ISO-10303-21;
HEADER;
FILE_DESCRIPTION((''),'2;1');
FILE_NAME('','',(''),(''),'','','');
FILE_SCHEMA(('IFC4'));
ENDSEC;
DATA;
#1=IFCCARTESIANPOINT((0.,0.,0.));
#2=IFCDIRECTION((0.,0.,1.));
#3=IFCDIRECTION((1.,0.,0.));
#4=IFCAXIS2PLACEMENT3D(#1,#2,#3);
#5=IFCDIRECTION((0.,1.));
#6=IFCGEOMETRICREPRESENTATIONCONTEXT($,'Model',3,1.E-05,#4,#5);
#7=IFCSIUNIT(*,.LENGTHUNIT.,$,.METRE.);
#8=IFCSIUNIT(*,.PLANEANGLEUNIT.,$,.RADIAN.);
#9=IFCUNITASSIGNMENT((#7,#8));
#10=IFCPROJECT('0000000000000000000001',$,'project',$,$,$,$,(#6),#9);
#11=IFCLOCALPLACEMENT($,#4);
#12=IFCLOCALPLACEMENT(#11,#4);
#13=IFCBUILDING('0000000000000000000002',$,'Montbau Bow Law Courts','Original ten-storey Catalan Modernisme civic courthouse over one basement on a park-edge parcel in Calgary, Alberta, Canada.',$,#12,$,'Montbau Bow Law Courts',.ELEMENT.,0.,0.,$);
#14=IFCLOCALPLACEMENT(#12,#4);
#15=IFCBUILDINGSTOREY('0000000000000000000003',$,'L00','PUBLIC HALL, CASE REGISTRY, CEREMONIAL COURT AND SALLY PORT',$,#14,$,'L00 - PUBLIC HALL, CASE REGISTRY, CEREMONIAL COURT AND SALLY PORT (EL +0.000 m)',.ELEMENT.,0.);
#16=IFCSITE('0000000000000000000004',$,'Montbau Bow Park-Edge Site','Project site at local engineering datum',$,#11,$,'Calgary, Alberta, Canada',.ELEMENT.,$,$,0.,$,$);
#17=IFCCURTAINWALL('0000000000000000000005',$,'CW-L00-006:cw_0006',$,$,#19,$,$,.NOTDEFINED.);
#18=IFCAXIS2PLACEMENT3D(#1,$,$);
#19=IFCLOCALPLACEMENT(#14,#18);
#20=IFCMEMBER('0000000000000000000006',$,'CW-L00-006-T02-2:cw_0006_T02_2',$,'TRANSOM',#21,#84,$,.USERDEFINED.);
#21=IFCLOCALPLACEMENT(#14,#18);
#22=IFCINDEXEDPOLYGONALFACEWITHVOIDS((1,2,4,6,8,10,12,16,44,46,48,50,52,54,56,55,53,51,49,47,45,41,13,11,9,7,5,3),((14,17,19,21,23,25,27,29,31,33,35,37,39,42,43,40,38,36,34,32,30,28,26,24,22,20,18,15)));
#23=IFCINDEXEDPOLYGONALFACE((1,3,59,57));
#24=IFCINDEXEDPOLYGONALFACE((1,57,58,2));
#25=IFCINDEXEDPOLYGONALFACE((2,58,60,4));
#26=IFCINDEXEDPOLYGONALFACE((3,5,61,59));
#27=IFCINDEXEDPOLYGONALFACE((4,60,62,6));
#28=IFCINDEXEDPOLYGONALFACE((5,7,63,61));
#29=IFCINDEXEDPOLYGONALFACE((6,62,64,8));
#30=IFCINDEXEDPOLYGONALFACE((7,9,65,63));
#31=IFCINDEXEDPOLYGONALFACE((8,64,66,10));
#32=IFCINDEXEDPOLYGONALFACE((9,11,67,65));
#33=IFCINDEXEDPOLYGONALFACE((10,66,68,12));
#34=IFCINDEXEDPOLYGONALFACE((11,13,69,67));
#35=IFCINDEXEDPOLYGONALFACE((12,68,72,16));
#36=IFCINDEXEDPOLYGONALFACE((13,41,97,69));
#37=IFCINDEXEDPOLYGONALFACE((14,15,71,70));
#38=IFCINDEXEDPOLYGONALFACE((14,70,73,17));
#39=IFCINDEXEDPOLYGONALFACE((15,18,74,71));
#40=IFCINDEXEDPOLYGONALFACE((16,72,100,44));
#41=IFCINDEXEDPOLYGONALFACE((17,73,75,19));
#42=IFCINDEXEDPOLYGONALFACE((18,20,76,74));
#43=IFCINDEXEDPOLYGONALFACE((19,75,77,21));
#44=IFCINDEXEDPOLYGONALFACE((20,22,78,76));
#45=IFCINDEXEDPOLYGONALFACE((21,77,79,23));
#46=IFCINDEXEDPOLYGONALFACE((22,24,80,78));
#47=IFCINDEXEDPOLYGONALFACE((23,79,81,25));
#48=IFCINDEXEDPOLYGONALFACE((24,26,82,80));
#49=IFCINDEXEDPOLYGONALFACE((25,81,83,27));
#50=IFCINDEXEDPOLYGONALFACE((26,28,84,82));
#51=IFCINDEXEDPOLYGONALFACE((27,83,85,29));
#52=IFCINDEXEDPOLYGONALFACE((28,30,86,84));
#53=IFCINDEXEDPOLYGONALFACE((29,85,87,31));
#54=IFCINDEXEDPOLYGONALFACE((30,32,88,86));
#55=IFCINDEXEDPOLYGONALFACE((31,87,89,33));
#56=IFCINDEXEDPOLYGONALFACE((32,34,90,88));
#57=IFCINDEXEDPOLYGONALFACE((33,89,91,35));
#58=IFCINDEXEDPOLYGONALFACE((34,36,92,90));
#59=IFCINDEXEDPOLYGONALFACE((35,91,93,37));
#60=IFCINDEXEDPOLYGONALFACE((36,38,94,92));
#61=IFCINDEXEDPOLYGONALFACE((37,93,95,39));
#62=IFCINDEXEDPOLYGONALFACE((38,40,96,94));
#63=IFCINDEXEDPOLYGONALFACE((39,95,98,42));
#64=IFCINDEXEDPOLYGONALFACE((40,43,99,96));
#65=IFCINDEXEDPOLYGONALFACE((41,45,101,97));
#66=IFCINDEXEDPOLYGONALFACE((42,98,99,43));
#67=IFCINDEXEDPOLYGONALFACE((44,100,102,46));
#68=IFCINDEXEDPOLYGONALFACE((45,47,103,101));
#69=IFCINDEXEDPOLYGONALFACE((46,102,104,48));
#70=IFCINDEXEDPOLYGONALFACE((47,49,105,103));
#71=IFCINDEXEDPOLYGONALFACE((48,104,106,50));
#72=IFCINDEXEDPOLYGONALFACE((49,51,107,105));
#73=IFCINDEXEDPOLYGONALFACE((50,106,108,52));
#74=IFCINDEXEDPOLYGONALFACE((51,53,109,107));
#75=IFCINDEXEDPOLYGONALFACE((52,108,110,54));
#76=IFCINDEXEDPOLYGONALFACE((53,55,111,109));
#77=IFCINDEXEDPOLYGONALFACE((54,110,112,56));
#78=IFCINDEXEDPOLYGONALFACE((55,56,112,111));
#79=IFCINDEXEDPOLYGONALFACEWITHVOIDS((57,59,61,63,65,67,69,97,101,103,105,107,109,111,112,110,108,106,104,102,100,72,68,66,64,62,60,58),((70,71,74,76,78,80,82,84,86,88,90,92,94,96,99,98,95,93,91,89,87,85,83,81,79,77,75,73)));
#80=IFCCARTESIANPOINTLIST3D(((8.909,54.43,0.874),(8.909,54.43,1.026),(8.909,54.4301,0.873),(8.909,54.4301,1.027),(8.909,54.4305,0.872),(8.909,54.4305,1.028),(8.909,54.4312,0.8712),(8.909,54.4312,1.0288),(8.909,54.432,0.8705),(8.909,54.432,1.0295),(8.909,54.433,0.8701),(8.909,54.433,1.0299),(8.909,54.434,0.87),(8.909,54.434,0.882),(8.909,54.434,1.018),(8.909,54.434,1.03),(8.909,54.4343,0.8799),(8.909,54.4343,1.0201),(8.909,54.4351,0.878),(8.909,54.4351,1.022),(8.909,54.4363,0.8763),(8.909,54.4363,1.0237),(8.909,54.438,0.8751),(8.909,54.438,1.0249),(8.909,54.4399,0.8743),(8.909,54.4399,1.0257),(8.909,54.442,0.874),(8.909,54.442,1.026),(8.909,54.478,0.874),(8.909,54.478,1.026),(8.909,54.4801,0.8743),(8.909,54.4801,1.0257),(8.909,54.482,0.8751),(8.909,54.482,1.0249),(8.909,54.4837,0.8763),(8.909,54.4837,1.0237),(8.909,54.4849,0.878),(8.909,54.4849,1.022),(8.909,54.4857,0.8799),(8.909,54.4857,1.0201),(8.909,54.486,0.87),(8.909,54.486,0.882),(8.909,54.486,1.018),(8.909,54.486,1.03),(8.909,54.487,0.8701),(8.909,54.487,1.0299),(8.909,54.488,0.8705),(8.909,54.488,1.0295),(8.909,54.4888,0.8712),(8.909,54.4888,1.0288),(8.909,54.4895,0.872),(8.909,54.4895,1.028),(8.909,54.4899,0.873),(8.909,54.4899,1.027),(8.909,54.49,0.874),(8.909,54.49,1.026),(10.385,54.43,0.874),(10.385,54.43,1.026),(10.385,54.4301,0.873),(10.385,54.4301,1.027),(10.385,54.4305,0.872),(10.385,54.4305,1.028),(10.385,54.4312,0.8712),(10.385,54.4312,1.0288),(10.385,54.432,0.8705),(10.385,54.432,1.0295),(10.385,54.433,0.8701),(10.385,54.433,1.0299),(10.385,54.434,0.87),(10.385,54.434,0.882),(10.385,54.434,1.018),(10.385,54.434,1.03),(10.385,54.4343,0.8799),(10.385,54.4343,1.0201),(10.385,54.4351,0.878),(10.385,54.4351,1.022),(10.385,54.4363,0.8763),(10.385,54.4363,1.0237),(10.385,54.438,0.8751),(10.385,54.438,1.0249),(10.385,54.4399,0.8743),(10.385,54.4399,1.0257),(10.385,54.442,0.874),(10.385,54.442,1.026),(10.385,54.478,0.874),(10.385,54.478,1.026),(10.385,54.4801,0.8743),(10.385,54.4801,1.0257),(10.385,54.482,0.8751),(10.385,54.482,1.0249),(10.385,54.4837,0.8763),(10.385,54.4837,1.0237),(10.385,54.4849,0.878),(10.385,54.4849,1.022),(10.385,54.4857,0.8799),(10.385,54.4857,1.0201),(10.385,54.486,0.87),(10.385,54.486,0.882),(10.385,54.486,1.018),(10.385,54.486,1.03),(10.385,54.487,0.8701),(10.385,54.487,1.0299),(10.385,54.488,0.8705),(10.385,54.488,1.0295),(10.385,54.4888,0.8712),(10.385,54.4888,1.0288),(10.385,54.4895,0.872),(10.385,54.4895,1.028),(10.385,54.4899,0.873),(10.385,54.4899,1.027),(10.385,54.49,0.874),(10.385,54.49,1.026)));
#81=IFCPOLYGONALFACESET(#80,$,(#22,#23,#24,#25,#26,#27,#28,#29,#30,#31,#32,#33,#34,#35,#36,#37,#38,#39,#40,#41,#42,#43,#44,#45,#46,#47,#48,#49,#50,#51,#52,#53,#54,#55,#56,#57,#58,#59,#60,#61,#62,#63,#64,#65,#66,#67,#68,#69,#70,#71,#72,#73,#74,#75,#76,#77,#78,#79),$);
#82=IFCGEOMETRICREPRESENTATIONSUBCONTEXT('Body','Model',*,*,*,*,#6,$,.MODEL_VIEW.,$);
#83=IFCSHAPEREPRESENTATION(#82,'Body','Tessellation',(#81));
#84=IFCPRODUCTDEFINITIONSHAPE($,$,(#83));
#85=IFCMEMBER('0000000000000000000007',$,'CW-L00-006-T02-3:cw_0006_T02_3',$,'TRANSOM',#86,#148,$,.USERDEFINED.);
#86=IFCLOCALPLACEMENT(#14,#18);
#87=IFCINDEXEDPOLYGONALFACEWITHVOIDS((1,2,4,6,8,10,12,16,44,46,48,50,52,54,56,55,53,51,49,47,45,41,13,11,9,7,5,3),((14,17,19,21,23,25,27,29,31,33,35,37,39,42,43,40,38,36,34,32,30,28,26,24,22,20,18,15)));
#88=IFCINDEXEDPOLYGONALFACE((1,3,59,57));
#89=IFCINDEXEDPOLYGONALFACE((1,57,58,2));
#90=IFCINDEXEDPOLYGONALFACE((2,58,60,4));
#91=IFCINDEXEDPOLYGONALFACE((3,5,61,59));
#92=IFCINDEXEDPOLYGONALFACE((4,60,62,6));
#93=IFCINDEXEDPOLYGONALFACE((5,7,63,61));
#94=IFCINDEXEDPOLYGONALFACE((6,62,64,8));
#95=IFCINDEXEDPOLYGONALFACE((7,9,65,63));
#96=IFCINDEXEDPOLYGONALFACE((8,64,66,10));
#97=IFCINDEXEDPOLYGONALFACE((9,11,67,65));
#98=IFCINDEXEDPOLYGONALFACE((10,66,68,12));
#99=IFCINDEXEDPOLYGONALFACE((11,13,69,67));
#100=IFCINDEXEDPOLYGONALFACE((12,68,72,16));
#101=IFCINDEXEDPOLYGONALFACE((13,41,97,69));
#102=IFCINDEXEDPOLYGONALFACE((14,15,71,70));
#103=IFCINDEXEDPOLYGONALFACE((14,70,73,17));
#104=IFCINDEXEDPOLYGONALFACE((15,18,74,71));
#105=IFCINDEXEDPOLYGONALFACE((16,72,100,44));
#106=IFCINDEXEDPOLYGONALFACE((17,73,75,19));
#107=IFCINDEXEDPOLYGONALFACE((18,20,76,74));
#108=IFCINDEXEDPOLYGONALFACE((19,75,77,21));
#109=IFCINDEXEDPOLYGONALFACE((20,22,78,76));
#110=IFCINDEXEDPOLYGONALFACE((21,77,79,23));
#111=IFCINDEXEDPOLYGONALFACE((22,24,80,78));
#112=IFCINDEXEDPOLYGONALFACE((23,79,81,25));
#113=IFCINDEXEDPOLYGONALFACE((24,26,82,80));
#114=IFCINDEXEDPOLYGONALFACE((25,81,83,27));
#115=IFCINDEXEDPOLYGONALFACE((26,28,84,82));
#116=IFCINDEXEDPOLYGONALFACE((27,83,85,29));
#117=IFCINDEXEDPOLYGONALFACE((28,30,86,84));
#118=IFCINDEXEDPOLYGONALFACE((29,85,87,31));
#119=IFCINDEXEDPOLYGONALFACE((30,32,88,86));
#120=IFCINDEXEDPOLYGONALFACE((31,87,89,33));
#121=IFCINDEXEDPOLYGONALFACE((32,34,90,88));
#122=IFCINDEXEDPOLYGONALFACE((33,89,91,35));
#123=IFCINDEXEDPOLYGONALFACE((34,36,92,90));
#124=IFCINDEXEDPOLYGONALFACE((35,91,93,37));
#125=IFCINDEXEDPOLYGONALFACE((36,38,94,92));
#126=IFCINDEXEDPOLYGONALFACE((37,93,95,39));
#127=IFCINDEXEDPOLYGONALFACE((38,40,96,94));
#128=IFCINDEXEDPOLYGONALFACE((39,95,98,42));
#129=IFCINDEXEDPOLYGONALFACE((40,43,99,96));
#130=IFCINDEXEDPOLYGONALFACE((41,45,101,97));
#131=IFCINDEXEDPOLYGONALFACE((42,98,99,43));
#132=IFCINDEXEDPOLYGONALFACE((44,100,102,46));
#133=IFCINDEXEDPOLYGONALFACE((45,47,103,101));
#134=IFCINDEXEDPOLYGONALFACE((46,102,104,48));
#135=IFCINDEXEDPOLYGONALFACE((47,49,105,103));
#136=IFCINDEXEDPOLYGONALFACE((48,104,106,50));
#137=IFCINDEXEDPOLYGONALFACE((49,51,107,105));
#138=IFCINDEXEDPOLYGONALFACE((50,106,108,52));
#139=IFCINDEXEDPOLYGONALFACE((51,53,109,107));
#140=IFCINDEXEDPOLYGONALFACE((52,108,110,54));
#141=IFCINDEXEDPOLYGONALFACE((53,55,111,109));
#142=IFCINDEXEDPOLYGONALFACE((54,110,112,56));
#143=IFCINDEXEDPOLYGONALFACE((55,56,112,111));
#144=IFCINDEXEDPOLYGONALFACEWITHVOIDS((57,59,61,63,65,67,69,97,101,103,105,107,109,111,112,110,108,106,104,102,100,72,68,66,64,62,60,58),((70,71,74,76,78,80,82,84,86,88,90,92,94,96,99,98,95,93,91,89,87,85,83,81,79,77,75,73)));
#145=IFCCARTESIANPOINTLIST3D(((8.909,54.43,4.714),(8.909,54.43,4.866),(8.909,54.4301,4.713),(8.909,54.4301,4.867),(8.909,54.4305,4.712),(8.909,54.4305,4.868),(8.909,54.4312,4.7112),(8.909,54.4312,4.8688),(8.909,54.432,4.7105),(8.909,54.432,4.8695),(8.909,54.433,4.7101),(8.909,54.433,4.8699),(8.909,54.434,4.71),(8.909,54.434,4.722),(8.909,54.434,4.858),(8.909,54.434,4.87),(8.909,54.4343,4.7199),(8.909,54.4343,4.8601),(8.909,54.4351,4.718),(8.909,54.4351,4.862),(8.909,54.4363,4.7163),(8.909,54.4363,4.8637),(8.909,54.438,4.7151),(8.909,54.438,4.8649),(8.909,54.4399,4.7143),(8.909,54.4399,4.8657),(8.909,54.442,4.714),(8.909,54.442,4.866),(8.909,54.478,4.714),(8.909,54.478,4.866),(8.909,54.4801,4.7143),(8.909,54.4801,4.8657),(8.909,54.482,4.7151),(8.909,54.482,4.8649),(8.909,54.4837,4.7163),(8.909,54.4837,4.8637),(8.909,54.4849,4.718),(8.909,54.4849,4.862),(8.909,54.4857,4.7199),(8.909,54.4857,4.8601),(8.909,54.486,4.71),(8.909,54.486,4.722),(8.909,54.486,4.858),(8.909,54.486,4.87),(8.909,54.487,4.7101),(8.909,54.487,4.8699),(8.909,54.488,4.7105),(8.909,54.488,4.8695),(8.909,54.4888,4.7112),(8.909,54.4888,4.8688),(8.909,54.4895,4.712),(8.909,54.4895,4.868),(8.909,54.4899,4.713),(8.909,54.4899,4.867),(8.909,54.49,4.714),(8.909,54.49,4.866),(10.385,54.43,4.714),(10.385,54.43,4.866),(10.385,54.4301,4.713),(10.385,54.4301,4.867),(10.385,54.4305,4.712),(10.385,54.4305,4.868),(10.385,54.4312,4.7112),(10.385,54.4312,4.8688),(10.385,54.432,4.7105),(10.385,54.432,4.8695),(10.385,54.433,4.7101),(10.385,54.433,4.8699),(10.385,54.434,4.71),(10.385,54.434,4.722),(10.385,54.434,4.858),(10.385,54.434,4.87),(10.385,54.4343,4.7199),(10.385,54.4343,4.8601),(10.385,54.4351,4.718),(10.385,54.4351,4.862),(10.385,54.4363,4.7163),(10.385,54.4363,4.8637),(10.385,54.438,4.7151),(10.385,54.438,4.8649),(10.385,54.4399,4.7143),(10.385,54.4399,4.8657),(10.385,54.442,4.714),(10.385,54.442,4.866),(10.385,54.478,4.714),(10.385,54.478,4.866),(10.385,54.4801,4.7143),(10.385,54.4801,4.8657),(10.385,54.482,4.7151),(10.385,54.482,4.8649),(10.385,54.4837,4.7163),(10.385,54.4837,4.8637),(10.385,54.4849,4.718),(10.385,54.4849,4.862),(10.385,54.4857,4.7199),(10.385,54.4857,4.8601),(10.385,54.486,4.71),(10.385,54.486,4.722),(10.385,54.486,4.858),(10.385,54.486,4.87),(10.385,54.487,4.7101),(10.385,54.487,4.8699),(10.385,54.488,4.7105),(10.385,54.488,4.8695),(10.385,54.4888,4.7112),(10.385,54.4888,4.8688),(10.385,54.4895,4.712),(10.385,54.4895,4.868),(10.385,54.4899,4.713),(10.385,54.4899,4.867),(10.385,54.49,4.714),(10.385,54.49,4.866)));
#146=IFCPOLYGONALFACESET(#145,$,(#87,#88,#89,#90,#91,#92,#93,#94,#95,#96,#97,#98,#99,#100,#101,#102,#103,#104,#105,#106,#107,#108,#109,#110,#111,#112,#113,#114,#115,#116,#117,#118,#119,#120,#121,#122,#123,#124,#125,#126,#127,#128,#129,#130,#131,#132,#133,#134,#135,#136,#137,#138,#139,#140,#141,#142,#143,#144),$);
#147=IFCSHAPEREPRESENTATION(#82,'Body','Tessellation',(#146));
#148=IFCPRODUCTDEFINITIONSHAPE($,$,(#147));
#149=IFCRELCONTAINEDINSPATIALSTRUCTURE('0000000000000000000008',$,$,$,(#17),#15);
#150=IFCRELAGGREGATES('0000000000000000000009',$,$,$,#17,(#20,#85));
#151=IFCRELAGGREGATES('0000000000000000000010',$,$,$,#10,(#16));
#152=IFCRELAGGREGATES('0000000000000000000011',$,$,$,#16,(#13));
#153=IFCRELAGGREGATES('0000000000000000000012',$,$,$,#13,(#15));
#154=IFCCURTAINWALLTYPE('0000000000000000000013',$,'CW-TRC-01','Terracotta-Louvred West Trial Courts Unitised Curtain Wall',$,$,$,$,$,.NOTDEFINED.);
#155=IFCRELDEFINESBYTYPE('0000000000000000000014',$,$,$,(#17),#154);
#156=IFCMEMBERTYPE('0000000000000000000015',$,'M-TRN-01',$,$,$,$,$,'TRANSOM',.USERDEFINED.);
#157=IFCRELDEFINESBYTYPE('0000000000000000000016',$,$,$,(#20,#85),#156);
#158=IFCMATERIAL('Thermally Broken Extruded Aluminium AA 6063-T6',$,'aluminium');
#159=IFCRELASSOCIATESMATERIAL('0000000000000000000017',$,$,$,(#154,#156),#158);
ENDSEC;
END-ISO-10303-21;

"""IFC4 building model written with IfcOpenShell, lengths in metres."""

from ifc_helpers import new_model, si_unit, direction, frame, origin_with_axes, origin_2d_with_axis, place, context, subcontext, project, spatial, hollow_rectangle, extrude, material, material_profile, profile_set, type_object, element, aggregate, save


model = new_model("IFC4")

# Units and contexts
model_context = context("Model", 3, precision=1e-05, world=origin_with_axes(), true_north=direction((0.0, 1.0)))
body_context = subcontext(model_context, "Body", "Model", "MODEL_VIEW")
ifc_project = project(units=[si_unit("LENGTHUNIT", "METRE"), si_unit("PLANEANGLEUNIT", "RADIAN")], contexts=[model_context])

# Site, building, storey
site_placement = place(None, origin_with_axes())
site = spatial("IfcSite", under=ifc_project, at=site_placement, Name="Montbau Bow Park-Edge Site", Description="Project site at local engineering datum", LongName="Calgary, Alberta, Canada", CompositionType="ELEMENT", RefElevation=0.0)
building_placement = place(site_placement, origin_with_axes())
building = spatial("IfcBuilding", under=site, at=building_placement, Name="Montbau Bow Law Courts", Description="Original ten-storey Catalan Modernisme civic courthouse over one basement on a park-edge parcel in Calgary, Alberta, Canada.", LongName="Montbau Bow Law Courts", CompositionType="ELEMENT", ElevationOfRefHeight=0.0, ElevationOfTerrain=0.0)
storey_placement = place(building_placement, origin_with_axes())
storey = spatial("IfcBuildingStorey", under=building, at=storey_placement, Name="L00", Description="PUBLIC HALL, CASE REGISTRY, CEREMONIAL COURT AND SALLY PORT", LongName="L00 - PUBLIC HALL, CASE REGISTRY, CEREMONIAL COURT AND SALLY PORT (EL +0.000 m)", CompositionType="ELEMENT", Elevation=0.0)

# Curtain wall, members
ifc_material_1 = material(Name="Thermally Broken Extruded Aluminium AA 6063-T6", Category="aluminium")
curtain_wall_type = type_object("IfcCurtainWallType", Name="CW-TRC-01", Description="Terracotta-Louvred West Trial Courts Unitised Curtain Wall", PredefinedType="NOTDEFINED", material=ifc_material_1)
curtain_wall_1_placement = place(None, frame((7.315, 54.46, 0.0), z_axis=(0.0, 0.0, 1.0), x_axis=(1.0, 0.0, 0.0)))
curtain_wall_1 = element("IfcCurtainWall", 1, at=curtain_wall_1_placement, inside=storey, type_object=curtain_wall_type, Name="CW-L00-006:cw_0006", PredefinedType="NOTDEFINED")
ifc_material_profile = material_profile(ifc_material_1, hollow_rectangle(XDim=0.06, YDim=0.16, WallThickness=0.004, InnerFilletRadius=0.008, OuterFilletRadius=0.004, at=origin_2d_with_axis()), Name="CWT-160X60", Category="Main", Priority=0)
ifc_profile_set = profile_set([ifc_material_profile], Name="Thermally Broken Extruded Aluminium AA 6063-T6")
member_type = type_object("IfcMemberType", Name="M-TRN-01", ElementType="TRANSOM", PredefinedType="USERDEFINED", material=ifc_profile_set)
member_1_placement = place(None, frame((8.909, 54.46, 0.95), z_axis=(1.0, 0.0, 0.0), x_axis=(0.0, 1.0, 0.0)))
member_1 = element("IfcMember", 2, at=member_1_placement, type_object=member_type, Name="CW-L00-006-T02-2:cw_0006_T02_2", ObjectType="TRANSOM", PredefinedType="USERDEFINED", context=body_context, shape_type="SweptSolid", body=[
    extrude(hollow_rectangle(XDim=0.06, YDim=0.16, WallThickness=0.004, InnerFilletRadius=0.008, OuterFilletRadius=0.004, at=origin_2d_with_axis()), origin_with_axes(), (0.0, 0.0, 1.0), 1.476),
])
member_2_placement = place(None, frame((8.909, 54.46, 4.79), z_axis=(1.0, 0.0, 0.0), x_axis=(0.0, 1.0, 0.0)))
member_2 = element("IfcMember", 3, at=member_2_placement, type_object=member_type, Name="CW-L00-006-T02-3:cw_0006_T02_3", ObjectType="TRANSOM", PredefinedType="USERDEFINED", context=body_context, shape_type="SweptSolid", body=[
    extrude(hollow_rectangle(XDim=0.06, YDim=0.16, WallThickness=0.004, InnerFilletRadius=0.008, OuterFilletRadius=0.004, at=origin_2d_with_axis()), origin_with_axes(), (0.0, 0.0, 1.0), 1.476),
])

aggregate(curtain_wall_1, [member_1, member_2])

save(model, "model.ifc")
